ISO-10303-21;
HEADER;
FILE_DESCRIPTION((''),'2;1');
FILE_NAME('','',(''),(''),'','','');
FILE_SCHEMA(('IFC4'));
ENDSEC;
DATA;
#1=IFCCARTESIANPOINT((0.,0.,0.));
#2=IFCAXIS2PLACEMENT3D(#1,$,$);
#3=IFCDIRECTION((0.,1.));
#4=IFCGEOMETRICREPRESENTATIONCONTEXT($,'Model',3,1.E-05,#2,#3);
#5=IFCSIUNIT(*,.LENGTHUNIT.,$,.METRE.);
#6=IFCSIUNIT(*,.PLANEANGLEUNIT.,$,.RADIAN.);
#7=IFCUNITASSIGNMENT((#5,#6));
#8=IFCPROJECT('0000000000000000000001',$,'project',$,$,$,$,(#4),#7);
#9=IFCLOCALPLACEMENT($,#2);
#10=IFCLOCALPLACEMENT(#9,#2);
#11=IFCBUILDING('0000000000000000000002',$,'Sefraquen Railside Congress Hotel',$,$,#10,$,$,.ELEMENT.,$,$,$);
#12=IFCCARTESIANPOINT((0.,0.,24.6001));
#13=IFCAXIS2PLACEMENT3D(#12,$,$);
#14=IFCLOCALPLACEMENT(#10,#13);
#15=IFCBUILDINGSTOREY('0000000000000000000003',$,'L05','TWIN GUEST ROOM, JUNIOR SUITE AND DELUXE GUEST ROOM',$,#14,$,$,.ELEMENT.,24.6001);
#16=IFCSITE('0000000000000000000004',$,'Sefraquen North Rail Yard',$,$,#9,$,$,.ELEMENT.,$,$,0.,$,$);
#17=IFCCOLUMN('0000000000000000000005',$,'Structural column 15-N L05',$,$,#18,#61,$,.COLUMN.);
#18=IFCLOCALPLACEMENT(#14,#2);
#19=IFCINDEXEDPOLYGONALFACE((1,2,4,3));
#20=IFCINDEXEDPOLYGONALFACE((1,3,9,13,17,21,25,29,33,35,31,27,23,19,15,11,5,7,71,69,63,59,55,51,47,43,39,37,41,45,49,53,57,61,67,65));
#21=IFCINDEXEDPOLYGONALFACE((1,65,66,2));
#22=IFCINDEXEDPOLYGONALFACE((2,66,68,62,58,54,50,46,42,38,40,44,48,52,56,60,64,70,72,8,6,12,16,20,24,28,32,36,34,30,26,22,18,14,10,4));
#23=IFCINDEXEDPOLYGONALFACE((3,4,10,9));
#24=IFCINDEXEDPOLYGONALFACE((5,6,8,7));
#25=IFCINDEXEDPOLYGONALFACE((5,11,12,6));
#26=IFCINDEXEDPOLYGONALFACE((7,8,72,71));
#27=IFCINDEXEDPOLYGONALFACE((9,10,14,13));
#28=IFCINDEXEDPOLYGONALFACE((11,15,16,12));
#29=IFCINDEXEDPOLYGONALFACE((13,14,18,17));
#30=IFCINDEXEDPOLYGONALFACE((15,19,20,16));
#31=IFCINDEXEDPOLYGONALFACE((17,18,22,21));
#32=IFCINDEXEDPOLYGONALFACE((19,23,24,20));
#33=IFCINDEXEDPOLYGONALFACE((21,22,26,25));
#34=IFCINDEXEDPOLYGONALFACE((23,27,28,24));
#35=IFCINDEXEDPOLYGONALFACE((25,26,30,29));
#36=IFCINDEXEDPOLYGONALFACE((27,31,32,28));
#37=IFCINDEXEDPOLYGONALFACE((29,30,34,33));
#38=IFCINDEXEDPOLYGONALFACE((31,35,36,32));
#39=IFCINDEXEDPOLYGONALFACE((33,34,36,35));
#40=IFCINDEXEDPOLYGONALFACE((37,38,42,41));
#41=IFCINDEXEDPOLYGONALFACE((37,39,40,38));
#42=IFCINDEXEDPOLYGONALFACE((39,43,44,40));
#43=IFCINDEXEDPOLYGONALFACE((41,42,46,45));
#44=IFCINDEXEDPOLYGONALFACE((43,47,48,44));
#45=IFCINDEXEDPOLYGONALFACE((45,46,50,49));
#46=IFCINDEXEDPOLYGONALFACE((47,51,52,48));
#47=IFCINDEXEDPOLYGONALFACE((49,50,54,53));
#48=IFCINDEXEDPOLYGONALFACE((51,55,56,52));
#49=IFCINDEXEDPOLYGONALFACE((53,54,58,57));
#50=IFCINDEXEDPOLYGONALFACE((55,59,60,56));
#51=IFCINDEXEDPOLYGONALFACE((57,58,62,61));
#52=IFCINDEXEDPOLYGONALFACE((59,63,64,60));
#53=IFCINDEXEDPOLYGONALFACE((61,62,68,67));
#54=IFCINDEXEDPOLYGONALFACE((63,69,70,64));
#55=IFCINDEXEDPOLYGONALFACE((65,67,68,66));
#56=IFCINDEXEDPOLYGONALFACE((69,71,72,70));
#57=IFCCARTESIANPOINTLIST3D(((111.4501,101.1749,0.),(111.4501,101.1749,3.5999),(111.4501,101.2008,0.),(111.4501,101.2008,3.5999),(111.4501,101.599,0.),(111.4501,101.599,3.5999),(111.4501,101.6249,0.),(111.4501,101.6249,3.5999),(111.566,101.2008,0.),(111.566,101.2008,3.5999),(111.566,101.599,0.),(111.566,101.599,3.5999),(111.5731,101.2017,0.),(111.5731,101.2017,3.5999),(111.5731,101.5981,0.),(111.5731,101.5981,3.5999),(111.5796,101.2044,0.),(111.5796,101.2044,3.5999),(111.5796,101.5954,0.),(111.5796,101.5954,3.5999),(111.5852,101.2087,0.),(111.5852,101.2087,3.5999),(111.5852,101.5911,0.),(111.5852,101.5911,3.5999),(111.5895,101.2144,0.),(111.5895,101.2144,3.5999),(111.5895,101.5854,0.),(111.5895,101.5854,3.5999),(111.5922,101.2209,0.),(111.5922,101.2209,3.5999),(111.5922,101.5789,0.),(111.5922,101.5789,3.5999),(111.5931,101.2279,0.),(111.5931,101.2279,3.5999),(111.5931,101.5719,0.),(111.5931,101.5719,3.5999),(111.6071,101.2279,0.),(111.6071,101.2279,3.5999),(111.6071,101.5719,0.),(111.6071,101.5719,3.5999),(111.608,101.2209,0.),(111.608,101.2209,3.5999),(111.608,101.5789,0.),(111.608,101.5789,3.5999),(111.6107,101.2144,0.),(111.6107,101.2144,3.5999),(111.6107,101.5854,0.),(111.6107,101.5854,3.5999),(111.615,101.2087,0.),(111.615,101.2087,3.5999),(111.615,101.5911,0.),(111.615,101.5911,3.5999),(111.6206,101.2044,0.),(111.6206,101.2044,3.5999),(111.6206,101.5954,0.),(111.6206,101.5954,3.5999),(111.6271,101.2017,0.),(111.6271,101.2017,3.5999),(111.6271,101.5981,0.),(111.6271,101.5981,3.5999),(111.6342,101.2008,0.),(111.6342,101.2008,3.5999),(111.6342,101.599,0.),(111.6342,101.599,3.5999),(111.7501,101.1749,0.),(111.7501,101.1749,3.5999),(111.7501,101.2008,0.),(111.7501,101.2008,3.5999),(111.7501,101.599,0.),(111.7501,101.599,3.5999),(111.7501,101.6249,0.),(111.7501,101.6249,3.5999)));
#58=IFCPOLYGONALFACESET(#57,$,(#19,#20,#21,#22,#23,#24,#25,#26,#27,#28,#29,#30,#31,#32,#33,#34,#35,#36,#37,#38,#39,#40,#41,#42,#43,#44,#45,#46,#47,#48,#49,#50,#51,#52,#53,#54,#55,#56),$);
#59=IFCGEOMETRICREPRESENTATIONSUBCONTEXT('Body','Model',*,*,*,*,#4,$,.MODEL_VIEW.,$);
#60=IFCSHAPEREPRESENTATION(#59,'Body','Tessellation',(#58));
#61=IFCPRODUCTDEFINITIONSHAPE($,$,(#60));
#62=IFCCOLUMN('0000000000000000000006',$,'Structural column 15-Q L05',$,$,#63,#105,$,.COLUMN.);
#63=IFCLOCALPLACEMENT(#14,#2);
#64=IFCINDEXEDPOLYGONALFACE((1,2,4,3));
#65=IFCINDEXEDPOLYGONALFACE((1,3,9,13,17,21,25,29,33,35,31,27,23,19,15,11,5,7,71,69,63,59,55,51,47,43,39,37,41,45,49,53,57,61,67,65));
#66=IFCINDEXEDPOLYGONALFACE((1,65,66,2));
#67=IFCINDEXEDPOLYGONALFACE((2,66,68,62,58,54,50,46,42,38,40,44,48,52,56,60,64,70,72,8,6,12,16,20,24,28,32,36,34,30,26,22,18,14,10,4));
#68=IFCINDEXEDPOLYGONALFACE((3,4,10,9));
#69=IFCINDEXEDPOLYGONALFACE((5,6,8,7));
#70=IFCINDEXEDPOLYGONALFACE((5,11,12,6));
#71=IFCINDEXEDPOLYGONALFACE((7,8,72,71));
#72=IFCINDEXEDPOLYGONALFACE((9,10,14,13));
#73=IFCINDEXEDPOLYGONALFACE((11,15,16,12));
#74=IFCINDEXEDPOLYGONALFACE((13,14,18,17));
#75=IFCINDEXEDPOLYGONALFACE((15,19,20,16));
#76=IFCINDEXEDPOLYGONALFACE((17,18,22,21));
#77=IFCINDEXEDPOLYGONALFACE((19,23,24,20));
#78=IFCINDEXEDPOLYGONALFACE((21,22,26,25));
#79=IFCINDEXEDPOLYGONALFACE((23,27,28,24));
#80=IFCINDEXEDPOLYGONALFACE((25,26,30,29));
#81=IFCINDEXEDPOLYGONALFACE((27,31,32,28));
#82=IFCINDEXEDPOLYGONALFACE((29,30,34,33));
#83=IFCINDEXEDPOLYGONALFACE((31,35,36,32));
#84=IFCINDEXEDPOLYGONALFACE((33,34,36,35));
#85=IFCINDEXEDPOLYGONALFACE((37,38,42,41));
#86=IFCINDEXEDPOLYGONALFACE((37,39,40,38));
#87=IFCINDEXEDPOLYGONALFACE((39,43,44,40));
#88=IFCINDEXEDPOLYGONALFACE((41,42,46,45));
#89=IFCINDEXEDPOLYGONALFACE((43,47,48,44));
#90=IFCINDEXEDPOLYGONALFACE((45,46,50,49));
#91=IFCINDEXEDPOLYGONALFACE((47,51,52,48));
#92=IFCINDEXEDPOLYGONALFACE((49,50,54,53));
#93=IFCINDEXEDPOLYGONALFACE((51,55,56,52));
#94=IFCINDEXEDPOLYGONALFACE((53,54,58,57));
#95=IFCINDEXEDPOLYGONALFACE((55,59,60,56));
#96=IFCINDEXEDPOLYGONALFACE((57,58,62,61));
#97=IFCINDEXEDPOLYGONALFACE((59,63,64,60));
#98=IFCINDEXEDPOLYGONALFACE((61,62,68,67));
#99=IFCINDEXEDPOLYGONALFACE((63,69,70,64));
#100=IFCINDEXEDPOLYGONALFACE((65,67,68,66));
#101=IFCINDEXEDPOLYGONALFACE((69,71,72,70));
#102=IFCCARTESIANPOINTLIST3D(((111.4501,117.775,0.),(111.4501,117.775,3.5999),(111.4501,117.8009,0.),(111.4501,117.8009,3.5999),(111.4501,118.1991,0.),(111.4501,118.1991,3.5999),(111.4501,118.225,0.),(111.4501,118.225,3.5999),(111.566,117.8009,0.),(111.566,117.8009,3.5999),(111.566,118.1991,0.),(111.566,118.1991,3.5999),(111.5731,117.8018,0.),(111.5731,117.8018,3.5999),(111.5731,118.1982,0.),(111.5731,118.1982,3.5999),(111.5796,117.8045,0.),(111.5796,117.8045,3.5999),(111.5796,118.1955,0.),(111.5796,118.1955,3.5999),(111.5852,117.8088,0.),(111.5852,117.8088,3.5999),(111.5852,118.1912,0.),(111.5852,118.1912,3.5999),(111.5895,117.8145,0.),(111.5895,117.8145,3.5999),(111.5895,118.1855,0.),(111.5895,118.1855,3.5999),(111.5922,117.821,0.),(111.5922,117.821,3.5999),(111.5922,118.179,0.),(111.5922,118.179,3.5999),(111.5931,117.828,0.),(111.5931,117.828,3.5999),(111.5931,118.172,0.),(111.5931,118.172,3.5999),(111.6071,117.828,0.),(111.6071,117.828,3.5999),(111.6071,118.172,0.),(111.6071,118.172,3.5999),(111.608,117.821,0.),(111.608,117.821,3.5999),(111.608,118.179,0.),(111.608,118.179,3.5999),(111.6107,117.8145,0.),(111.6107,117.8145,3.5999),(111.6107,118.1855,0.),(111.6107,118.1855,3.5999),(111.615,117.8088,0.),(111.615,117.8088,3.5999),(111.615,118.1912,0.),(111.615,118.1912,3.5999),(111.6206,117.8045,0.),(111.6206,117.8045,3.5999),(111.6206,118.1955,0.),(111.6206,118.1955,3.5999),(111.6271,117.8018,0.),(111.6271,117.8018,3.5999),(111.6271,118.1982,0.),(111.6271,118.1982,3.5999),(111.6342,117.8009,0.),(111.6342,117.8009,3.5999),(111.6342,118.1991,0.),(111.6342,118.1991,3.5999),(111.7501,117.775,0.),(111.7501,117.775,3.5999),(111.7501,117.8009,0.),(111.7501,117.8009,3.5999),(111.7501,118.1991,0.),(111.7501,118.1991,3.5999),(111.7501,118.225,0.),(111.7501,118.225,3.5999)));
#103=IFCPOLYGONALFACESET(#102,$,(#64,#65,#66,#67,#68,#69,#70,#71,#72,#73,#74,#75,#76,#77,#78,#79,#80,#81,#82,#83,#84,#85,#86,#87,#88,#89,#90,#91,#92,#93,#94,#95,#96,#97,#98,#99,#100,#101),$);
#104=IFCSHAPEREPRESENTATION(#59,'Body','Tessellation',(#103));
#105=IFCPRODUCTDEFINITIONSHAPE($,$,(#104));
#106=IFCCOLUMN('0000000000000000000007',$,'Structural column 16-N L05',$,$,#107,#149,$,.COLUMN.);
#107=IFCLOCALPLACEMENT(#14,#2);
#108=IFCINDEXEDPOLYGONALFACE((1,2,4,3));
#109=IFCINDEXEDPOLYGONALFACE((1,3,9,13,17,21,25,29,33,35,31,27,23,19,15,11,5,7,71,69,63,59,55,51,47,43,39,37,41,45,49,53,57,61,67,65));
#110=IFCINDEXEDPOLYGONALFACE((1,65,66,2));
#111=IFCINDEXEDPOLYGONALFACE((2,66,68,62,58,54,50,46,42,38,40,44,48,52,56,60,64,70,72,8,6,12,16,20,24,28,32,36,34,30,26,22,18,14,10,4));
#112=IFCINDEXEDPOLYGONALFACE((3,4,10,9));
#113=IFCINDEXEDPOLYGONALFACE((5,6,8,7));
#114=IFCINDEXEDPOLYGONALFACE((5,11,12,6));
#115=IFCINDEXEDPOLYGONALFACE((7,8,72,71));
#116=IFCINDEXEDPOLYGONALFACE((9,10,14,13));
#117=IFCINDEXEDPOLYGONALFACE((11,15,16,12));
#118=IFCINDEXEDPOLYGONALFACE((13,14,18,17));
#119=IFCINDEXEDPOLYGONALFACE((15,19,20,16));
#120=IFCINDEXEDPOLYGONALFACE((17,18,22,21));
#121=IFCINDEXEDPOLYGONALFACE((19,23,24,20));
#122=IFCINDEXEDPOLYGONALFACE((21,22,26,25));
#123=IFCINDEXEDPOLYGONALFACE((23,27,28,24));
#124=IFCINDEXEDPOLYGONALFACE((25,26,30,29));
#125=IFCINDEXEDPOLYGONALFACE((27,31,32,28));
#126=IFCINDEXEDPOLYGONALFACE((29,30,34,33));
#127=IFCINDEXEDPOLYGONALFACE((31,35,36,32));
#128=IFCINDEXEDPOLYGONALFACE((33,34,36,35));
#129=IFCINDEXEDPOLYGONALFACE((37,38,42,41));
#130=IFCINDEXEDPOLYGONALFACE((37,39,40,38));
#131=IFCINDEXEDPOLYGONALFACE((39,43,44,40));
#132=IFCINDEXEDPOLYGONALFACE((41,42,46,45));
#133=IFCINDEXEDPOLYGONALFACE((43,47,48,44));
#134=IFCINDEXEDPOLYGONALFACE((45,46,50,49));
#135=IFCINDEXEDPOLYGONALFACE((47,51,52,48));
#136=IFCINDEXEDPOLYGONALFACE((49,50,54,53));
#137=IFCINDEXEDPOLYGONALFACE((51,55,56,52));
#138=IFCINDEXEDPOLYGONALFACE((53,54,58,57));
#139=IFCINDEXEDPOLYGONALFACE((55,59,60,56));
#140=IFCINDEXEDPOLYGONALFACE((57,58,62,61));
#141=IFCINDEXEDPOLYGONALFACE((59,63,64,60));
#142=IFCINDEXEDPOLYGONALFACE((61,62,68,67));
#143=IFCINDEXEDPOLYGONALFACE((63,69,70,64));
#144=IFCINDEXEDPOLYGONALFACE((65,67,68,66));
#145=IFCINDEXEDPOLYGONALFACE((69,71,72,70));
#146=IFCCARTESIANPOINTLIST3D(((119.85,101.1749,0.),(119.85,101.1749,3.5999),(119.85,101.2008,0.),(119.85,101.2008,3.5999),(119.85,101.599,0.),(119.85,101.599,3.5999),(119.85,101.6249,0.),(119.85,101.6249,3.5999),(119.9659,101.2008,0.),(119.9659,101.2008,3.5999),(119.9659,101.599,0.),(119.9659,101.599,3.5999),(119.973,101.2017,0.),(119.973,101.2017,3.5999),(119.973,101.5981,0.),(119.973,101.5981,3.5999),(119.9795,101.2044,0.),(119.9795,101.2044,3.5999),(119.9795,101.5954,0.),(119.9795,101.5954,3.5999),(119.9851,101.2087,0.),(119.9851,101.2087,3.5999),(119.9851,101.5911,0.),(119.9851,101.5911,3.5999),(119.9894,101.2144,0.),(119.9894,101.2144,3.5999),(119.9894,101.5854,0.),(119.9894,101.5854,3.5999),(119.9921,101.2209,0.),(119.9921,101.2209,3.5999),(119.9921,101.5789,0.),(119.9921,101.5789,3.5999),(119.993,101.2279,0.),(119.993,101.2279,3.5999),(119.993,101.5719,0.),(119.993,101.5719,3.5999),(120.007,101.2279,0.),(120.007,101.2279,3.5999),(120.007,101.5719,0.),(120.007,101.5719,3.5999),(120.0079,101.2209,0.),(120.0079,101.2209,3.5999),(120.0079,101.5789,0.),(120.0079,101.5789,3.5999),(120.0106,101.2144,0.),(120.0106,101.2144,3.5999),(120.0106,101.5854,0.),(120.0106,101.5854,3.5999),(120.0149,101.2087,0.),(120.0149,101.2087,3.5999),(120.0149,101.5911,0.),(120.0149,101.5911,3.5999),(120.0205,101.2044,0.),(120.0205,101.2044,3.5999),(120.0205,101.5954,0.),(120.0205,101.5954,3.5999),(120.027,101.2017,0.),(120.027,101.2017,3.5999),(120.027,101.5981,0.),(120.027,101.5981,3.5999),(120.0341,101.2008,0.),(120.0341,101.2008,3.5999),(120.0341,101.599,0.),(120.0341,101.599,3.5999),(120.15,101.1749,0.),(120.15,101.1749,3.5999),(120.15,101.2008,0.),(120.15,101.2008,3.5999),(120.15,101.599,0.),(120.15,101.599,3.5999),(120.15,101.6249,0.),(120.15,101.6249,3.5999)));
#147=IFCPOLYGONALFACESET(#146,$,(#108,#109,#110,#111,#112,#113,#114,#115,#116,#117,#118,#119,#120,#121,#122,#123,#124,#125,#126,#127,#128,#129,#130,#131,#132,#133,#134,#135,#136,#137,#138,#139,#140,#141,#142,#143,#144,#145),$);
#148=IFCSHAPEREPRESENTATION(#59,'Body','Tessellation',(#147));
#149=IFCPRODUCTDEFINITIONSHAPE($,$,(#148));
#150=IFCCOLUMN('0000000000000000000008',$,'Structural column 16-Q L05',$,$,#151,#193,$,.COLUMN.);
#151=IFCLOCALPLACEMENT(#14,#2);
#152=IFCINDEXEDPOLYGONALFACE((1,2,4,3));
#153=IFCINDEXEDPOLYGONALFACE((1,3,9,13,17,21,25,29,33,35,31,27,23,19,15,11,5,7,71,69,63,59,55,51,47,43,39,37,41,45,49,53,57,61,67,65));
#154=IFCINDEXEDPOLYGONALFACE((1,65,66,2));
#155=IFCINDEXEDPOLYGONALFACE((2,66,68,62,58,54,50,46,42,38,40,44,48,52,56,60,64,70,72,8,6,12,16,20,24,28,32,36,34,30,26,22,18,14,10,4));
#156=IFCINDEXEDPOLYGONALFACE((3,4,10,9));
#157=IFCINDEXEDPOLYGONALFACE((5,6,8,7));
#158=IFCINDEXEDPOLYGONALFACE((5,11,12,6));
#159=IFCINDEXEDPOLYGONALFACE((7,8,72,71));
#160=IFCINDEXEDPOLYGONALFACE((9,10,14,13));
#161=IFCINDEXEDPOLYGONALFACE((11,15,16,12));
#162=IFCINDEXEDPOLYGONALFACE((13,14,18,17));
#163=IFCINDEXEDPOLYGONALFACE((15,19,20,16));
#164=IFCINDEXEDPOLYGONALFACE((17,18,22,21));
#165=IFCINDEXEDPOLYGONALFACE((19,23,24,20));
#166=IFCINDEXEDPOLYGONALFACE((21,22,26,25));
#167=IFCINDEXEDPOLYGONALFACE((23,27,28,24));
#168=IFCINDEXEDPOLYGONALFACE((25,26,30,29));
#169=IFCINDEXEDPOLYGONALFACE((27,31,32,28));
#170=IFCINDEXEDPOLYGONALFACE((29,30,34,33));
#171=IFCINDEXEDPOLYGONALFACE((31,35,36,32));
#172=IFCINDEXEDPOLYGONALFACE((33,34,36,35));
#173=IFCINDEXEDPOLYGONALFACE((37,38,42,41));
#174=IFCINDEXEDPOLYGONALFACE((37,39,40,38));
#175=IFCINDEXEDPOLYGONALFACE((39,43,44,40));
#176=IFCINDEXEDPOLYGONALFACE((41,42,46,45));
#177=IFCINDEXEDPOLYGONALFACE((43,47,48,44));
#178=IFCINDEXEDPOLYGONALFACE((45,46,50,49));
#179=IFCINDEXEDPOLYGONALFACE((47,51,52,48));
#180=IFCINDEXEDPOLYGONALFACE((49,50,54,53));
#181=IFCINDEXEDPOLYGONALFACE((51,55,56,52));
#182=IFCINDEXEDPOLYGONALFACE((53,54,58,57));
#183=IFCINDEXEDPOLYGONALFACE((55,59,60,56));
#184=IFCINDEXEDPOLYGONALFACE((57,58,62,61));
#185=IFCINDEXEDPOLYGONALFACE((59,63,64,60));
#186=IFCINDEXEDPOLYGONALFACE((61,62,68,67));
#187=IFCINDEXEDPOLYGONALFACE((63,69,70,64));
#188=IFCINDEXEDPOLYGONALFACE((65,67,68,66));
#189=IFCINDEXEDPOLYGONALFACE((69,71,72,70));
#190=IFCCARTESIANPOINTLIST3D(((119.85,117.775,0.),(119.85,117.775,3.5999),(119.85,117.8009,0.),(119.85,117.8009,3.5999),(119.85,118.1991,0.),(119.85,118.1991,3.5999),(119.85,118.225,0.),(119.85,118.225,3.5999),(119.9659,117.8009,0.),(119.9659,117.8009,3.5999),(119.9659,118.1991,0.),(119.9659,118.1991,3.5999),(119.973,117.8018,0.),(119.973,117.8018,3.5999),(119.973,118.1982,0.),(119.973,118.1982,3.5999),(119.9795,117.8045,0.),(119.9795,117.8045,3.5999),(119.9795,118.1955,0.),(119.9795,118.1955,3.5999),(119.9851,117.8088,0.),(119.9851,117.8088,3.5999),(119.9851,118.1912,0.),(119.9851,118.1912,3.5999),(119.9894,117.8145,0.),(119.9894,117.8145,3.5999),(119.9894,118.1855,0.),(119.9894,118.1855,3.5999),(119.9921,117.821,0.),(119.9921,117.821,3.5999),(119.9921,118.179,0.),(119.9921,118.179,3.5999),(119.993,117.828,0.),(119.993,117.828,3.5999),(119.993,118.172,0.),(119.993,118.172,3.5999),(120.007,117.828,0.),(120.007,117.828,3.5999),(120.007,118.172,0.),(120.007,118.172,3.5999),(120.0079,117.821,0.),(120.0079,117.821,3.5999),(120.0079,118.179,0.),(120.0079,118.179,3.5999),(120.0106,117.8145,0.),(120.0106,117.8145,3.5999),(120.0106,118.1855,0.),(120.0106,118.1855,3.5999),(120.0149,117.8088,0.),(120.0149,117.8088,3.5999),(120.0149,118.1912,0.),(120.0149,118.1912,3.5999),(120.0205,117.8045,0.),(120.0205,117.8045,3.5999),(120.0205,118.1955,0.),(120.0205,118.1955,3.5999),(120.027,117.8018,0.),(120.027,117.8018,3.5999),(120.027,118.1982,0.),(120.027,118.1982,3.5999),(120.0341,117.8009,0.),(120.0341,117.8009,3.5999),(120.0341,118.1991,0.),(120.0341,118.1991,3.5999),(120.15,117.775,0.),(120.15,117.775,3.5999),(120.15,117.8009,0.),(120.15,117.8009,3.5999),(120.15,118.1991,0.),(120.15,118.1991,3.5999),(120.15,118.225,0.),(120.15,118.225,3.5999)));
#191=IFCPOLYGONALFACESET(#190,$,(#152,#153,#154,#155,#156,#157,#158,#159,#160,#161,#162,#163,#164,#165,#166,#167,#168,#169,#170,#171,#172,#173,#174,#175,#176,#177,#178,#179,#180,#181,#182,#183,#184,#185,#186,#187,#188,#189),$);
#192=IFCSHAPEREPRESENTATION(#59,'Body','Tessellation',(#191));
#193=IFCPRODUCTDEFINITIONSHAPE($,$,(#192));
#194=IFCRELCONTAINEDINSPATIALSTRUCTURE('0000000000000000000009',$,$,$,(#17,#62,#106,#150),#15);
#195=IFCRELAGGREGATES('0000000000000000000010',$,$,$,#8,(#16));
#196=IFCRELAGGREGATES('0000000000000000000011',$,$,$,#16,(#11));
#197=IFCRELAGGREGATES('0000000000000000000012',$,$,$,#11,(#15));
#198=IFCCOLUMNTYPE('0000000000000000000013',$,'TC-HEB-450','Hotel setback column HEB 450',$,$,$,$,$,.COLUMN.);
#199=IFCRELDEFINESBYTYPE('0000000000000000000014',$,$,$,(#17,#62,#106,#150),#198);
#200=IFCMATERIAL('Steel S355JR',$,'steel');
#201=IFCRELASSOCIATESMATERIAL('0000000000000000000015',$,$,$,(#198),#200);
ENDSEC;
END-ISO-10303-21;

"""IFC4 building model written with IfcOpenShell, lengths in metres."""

from ifc_helpers import new_model, si_unit, direction, frame, origin, origin_2d, place, context, subcontext, project, spatial, i_section, extrude, material, material_profile, profile_set, type_object, element, save


model = new_model("IFC4")

# Units and contexts
model_context = context("Model", 3, precision=1e-05, world=origin(), true_north=direction((0.0, 1.0)))
body_context = subcontext(model_context, "Body", "Model", "MODEL_VIEW")
ifc_project = project(units=[si_unit("LENGTHUNIT", "METRE"), si_unit("PLANEANGLEUNIT", "RADIAN")], contexts=[model_context])

# Site, building, storey
site_placement = place(None, origin())
site = spatial("IfcSite", under=ifc_project, at=site_placement, Name="Sefraquen North Rail Yard", CompositionType="ELEMENT", RefElevation=0.0)
building_placement = place(site_placement, origin())
building = spatial("IfcBuilding", under=site, at=building_placement, Name="Sefraquen Railside Congress Hotel", CompositionType="ELEMENT")
storey_placement = place(building_placement, frame((0.0, 0.0, 24.6001)))
storey = spatial("IfcBuildingStorey", under=building, at=storey_placement, Name="L05", Description="TWIN GUEST ROOM, JUNIOR SUITE AND DELUXE GUEST ROOM", CompositionType="ELEMENT", Elevation=24.6001)

# Columns
ifc_material_1 = material(Name="Steel S355JR", Category="steel")
ifc_material_profile_1 = material_profile(ifc_material_1, i_section(OverallWidth=0.3, OverallDepth=0.45, WebThickness=0.0139, FlangeThickness=0.0259, FilletRadius=0.0271, at=origin_2d()), Name="HEB 450")
ifc_profile_set_1 = profile_set([ifc_material_profile_1], Name="Steel S355JR")
column_type_1 = type_object("IfcColumnType", Name="TC-HEB-450", Description="Hotel setback column HEB 450", PredefinedType="COLUMN", material=ifc_profile_set_1)
for number, where, z_axis, x_axis, name in (
    (1, (111.6001, 101.3999, 0.0), (0.0, 0.0, 1.0), (1.0, 0.0, 0.0), "Structural column 15-N L05"),
    (2, (111.6001, 118.0, 0.0), (0.0, 0.0, 1.0), (1.0, 0.0, 0.0), "Structural column 15-Q L05"),
    (3, (120.0, 101.3999, 0.0), (0.0, 0.0, 1.0), (1.0, 0.0, 0.0), "Structural column 16-N L05"),
    (4, (120.0, 118.0, 0.0), (0.0, 0.0, 1.0), (1.0, 0.0, 0.0), "Structural column 16-Q L05"),
):
    element("IfcColumn", number, at=place(storey_placement, frame(where, z_axis=z_axis, x_axis=x_axis)), inside=storey, type_object=column_type_1, Name=name, PredefinedType="COLUMN", context=body_context, shape_type="SweptSolid", body=[
        extrude(i_section(OverallWidth=0.3, OverallDepth=0.45, WebThickness=0.0139, FlangeThickness=0.0259, FilletRadius=0.0271, at=origin_2d()), origin(), (0.0, 0.0, 1.0), 3.5999),
    ])

save(model, "model.ifc")
